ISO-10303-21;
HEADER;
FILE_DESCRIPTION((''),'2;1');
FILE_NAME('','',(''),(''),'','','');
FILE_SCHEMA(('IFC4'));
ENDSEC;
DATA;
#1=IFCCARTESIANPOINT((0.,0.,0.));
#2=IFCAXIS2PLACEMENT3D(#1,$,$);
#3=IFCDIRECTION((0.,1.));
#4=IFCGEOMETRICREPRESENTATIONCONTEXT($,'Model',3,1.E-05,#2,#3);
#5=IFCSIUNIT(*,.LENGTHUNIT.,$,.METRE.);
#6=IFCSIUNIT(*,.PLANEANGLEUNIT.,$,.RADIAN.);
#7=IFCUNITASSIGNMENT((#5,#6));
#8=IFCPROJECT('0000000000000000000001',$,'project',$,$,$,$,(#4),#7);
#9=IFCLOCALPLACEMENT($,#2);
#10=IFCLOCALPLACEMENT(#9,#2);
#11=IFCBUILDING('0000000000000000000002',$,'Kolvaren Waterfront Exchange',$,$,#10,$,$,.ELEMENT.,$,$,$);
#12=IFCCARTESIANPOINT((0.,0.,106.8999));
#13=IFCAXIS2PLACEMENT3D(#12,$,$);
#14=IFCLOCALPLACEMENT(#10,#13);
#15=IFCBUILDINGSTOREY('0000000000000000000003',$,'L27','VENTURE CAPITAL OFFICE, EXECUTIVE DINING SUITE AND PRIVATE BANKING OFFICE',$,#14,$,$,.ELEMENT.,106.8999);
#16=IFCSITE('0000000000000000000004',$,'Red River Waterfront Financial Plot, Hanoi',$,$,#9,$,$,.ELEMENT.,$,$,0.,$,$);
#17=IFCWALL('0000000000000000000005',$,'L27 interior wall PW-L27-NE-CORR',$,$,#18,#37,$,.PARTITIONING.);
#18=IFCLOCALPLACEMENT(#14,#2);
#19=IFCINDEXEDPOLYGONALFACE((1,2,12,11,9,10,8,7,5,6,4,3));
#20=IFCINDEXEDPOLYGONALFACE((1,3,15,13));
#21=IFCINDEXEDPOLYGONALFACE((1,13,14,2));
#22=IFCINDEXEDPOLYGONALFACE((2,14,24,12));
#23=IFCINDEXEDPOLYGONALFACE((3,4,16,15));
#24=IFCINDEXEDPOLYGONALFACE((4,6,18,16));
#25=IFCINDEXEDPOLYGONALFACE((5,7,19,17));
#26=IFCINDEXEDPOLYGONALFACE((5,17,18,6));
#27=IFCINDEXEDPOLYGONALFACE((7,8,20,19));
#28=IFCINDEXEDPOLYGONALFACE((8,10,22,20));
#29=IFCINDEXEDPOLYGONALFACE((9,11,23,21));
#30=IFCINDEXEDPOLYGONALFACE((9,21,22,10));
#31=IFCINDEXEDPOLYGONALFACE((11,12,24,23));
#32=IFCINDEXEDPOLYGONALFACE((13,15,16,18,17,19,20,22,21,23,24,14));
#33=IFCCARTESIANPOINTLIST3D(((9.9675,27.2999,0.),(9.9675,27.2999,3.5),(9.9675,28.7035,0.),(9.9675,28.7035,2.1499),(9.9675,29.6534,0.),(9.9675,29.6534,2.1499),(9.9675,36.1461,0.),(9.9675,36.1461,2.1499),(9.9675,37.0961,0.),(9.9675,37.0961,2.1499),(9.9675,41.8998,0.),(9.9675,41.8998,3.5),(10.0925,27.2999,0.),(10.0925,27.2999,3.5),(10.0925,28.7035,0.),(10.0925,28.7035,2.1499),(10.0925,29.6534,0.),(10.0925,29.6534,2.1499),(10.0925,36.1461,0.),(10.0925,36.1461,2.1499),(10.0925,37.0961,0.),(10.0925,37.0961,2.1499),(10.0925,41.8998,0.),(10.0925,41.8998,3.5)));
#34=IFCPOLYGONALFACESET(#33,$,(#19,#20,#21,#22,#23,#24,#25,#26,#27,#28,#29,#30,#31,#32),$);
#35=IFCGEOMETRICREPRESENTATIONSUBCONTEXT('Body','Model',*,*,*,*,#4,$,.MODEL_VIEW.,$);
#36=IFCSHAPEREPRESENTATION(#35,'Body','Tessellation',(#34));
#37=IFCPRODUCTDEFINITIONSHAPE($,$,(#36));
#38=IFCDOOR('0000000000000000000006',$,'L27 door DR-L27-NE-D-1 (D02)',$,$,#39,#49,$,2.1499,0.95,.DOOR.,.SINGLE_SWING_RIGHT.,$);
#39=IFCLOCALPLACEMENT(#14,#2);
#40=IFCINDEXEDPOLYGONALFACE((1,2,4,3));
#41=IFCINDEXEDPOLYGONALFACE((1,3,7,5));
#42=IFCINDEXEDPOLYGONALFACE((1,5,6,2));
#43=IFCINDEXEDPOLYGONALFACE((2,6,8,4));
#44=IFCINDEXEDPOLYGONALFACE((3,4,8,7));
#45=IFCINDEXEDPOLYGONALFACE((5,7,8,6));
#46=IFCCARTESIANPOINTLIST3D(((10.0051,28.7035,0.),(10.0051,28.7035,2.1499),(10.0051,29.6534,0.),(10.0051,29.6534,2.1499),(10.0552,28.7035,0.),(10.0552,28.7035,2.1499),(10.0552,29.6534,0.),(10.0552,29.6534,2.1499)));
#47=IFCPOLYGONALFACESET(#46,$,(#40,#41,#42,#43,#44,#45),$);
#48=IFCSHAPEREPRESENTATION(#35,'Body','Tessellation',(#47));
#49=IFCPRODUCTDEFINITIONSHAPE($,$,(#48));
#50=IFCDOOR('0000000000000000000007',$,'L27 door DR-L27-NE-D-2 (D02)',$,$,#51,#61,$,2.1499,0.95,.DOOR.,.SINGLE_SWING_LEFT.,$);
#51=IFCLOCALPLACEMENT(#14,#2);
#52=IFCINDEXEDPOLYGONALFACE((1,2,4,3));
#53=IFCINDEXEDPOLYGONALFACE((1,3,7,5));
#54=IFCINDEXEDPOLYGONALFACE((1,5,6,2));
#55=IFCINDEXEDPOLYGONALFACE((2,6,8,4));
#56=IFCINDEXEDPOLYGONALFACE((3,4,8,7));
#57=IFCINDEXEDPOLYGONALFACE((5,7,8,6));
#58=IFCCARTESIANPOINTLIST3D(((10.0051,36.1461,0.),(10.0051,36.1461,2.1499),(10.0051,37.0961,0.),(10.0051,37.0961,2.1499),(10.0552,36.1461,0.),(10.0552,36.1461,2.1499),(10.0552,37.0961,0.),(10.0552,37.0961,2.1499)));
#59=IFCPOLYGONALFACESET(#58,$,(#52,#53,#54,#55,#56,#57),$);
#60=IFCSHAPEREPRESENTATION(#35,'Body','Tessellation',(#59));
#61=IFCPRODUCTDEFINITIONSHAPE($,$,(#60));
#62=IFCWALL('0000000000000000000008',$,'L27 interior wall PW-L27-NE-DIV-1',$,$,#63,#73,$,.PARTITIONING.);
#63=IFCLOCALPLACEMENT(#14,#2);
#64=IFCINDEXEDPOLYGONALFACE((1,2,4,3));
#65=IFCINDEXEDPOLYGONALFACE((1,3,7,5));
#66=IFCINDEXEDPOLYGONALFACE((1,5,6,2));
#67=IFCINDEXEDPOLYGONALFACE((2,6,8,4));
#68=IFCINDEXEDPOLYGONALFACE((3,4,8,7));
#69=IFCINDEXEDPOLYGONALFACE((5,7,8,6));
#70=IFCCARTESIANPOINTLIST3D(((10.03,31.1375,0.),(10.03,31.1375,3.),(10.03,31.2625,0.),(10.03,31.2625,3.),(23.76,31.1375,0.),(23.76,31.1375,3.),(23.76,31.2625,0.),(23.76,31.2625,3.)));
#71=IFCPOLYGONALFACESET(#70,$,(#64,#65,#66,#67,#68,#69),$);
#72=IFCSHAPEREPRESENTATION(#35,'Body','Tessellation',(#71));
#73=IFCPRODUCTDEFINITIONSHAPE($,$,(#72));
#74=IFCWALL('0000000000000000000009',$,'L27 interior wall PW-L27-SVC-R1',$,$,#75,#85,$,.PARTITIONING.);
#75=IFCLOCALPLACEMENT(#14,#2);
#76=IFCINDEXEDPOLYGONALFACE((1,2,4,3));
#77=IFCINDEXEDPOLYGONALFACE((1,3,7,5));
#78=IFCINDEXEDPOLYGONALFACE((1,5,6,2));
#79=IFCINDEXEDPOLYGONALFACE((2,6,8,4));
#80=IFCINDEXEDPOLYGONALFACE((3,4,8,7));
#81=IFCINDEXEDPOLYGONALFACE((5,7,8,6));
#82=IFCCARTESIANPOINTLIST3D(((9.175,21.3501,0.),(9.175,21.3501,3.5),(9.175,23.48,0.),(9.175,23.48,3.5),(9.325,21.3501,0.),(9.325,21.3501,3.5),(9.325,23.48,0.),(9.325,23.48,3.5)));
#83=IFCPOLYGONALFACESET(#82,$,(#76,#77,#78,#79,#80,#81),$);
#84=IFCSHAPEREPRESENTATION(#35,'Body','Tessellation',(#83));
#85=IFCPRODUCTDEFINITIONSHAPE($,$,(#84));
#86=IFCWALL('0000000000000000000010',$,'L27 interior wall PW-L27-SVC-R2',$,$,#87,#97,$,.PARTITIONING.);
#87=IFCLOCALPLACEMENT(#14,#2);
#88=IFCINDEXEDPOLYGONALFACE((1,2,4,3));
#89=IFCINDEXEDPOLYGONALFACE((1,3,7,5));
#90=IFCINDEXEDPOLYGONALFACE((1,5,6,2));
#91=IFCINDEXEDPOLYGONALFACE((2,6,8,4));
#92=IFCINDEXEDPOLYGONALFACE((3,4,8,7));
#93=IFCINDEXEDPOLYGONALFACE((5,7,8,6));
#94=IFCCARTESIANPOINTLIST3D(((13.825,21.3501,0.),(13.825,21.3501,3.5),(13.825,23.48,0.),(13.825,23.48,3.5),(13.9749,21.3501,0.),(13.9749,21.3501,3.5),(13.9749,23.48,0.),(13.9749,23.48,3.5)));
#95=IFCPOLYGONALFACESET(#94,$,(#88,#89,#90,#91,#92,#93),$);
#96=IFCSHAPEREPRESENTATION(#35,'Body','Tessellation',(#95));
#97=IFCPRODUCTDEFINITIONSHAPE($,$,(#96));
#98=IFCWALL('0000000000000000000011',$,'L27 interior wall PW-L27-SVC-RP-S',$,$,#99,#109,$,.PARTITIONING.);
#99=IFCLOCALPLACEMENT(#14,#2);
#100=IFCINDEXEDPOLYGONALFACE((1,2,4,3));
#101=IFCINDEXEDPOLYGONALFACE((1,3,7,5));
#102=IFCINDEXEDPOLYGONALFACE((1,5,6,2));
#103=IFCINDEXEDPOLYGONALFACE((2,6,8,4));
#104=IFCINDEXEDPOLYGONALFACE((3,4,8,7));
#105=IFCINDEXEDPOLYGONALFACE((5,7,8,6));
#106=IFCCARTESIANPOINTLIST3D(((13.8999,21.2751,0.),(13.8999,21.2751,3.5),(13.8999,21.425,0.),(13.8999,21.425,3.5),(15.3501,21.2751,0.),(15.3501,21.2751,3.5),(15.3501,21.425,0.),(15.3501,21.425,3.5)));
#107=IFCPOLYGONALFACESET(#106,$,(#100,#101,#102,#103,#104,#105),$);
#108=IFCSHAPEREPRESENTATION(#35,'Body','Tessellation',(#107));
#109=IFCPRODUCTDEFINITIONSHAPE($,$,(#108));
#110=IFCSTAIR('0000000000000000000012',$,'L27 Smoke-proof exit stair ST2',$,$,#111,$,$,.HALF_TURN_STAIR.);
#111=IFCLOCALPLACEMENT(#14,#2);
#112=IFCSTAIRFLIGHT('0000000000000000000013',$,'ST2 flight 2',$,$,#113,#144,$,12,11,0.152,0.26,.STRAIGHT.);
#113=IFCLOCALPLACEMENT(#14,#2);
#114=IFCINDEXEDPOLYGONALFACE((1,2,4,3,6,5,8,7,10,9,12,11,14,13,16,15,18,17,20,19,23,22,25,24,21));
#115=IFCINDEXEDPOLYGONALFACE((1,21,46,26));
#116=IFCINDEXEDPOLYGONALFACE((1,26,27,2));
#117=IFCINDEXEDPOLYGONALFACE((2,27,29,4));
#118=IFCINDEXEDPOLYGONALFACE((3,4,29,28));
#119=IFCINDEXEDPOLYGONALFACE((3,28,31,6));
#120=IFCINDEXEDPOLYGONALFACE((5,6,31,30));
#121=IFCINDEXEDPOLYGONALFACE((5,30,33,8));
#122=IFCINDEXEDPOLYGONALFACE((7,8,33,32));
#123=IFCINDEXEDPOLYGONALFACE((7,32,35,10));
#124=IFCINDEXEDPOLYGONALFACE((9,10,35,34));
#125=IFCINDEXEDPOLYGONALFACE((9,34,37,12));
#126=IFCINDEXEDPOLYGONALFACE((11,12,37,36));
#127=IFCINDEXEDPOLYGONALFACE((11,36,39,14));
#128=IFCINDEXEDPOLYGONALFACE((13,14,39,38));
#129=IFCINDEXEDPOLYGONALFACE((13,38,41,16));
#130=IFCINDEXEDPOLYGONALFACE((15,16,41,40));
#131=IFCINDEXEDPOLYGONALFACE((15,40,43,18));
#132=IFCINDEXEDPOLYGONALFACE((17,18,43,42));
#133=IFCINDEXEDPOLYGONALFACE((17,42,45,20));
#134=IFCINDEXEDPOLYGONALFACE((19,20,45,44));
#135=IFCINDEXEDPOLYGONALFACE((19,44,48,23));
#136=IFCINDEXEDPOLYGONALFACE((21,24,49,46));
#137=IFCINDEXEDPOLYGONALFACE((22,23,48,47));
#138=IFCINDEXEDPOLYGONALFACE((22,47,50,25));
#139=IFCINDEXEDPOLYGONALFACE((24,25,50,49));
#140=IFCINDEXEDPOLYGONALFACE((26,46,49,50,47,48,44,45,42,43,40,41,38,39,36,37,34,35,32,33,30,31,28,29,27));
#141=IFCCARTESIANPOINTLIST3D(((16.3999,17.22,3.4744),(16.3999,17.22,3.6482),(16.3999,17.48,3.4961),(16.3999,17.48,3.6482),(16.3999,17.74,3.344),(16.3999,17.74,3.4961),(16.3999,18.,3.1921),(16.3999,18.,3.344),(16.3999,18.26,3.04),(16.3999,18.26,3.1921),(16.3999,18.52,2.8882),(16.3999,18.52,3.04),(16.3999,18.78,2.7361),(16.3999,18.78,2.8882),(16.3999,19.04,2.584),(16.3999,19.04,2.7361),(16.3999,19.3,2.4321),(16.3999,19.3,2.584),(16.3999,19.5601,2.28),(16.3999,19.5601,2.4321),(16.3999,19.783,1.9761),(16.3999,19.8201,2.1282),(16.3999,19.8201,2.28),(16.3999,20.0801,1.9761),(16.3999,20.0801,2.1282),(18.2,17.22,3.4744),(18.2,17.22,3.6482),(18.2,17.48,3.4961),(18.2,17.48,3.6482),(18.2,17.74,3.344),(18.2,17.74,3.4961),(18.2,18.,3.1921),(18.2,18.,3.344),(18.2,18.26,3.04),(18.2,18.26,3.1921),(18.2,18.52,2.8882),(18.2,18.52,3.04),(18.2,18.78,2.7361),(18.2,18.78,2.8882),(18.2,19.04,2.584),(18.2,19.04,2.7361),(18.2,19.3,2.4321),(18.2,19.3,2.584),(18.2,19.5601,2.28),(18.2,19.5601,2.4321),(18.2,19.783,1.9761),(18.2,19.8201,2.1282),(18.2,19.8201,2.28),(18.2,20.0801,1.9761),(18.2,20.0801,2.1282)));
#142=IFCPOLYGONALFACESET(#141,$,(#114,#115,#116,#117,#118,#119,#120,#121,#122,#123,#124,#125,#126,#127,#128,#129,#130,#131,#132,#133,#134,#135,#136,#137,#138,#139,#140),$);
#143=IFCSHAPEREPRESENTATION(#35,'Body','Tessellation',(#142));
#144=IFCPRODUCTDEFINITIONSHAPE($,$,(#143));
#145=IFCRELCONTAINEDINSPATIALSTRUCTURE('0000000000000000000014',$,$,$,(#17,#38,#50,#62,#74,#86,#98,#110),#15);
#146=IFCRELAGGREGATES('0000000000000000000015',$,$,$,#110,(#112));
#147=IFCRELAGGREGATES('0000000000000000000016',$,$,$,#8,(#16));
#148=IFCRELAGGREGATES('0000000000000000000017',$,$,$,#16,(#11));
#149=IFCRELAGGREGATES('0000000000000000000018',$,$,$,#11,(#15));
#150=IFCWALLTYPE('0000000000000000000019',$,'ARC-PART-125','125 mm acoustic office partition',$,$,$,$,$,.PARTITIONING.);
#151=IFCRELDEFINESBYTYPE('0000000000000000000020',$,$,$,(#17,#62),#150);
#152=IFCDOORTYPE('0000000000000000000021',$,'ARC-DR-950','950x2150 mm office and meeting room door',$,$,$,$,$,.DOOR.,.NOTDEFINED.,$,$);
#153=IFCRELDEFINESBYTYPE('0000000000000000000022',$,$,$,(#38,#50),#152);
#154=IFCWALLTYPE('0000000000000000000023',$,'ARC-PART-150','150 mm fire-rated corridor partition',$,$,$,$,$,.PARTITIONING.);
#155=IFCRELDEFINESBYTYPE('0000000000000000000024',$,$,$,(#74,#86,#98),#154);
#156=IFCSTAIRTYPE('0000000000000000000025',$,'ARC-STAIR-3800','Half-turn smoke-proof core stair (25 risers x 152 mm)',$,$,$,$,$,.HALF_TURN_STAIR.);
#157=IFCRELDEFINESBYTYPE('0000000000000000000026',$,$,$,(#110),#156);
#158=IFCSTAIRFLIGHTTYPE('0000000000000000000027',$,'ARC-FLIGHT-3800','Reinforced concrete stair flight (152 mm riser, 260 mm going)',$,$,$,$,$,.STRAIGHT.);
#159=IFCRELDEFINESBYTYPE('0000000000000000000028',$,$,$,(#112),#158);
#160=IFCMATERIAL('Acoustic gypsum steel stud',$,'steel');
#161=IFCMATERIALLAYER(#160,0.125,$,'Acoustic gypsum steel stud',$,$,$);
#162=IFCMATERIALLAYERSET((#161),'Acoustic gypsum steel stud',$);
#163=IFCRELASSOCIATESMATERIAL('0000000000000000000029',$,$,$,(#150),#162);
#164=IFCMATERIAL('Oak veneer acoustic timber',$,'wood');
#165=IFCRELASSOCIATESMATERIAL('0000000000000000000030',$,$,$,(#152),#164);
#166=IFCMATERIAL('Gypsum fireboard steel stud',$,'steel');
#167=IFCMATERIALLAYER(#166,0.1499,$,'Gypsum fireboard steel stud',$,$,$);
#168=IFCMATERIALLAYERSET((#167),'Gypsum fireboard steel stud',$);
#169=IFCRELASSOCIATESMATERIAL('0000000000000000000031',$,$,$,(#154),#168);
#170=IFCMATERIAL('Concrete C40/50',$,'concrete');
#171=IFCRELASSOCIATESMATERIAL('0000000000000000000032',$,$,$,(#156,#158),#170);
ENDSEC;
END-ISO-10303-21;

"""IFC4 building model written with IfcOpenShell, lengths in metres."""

from ifc_helpers import new_model, si_unit, direction, frame, frame_2d, origin, place, context, subcontext, project, spatial, polyline, rectangle, outline, extrude, material, layer, layer_set, type_object, element, fill, aggregate, save


model = new_model("IFC4")

# Units and contexts
model_context = context("Model", 3, precision=1e-05, world=origin(), true_north=direction((0.0, 1.0)))
body_context = subcontext(model_context, "Body", "Model", "MODEL_VIEW")
ifc_project = project(units=[si_unit("LENGTHUNIT", "METRE"), si_unit("PLANEANGLEUNIT", "RADIAN")], contexts=[model_context])

# Site, building, storey
site_placement = place(None, origin())
site = spatial("IfcSite", under=ifc_project, at=site_placement, Name="Red River Waterfront Financial Plot, Hanoi", CompositionType="ELEMENT", RefElevation=0.0)
building_placement = place(site_placement, origin())
building = spatial("IfcBuilding", under=site, at=building_placement, Name="Kolvaren Waterfront Exchange", CompositionType="ELEMENT")
storey_placement = place(building_placement, frame((0.0, 0.0, 106.8999)))
storey = spatial("IfcBuildingStorey", under=building, at=storey_placement, Name="L27", Description="VENTURE CAPITAL OFFICE, EXECUTIVE DINING SUITE AND PRIVATE BANKING OFFICE", CompositionType="ELEMENT", Elevation=106.8999)

# Shared definitions
ifc_material_1 = material(Name="Acoustic gypsum steel stud", Category="steel")
ifc_layer_1 = layer(ifc_material_1, 0.125, Name="Acoustic gypsum steel stud")
ifc_layer_set_1 = layer_set([ifc_layer_1], Name="Acoustic gypsum steel stud")
wall_type_1 = type_object("IfcWallType", Name="ARC-PART-125", Description="125 mm acoustic office partition", PredefinedType="PARTITIONING", material=ifc_layer_set_1)

# Shared definitions
ifc_material_2 = material(Name="Oak veneer acoustic timber", Category="wood")
door_type_1 = type_object("IfcDoorType", Name="ARC-DR-950", Description="950x2150 mm office and meeting room door", OperationType="NOTDEFINED", PredefinedType="DOOR", material=ifc_material_2)

# Wall, openings, doors
wall_1_placement = place(storey_placement, frame((10.03, 27.3, 0.0), z_axis=(0.0, 0.0, 1.0), x_axis=(0.0, 1.0, 0.0)))
wall_1 = element("IfcWall", 1, at=wall_1_placement, inside=storey, type_object=wall_type_1, Name="L27 interior wall PW-L27-NE-CORR", PredefinedType="PARTITIONING", context=body_context, shape_type="SweptSolid", body=[
    extrude(rectangle(XDim=14.5999, YDim=0.125, at=frame_2d((7.2998, 0.0))), origin(), (0.0, 0.0, 1.0), 3.5),
])
opening_1_placement = place(wall_1_placement, frame((1.4033, 0.0, 0.0)))
opening_1 = element("IfcOpeningElement", 2, at=opening_1_placement, cuts=wall_1, PredefinedType="OPENING", context=body_context, shape_type="SweptSolid", body=[
    extrude(rectangle(XDim=0.95, YDim=2.1499, at=frame_2d((0.4751, 1.075))), frame((0.0, 0.0725, 0.0), z_axis=(0.0, -1.0, 0.0), x_axis=(1.0, 0.0, 0.0)), (0.0, 0.0, 1.0), 0.145),
])
opening_2_placement = place(wall_1_placement, frame((8.8459, 0.0, 0.0)))
opening_2 = element("IfcOpeningElement", 3, at=opening_2_placement, cuts=wall_1, PredefinedType="OPENING", context=body_context, shape_type="SweptSolid", body=[
    extrude(rectangle(XDim=0.95, YDim=2.1499, at=frame_2d((0.4751, 1.075))), frame((0.0, 0.0725, 0.0), z_axis=(0.0, -1.0, 0.0), x_axis=(1.0, 0.0, 0.0)), (0.0, 0.0, 1.0), 0.145),
])
door_1_placement = place(opening_1_placement, origin())
door_1 = element("IfcDoor", 4, at=door_1_placement, inside=storey, type_object=door_type_1, Name="L27 door DR-L27-NE-D-1 (D02)", OperationType="SINGLE_SWING_RIGHT", OverallHeight=2.1499, OverallWidth=0.95, PredefinedType="DOOR", context=body_context, shape_type="SweptSolid", body=[
    extrude(rectangle(XDim=0.95, YDim=2.1499, at=frame_2d((0.4751, 1.075))), frame((0.0, 0.0249, 0.0), z_axis=(0.0, -1.0, 0.0), x_axis=(1.0, 0.0, 0.0)), (0.0, 0.0, 1.0), 0.05),
])
fill(opening_1, door_1)
door_2_placement = place(opening_2_placement, origin())
door_2 = element("IfcDoor", 5, at=door_2_placement, inside=storey, type_object=door_type_1, Name="L27 door DR-L27-NE-D-2 (D02)", OperationType="SINGLE_SWING_LEFT", OverallHeight=2.1499, OverallWidth=0.95, PredefinedType="DOOR", context=body_context, shape_type="SweptSolid", body=[
    extrude(rectangle(XDim=0.95, YDim=2.1499, at=frame_2d((0.4751, 1.075))), frame((0.0, 0.0249, 0.0), z_axis=(0.0, -1.0, 0.0), x_axis=(1.0, 0.0, 0.0)), (0.0, 0.0, 1.0), 0.05),
])
fill(opening_2, door_2)

# Walls
wall_2_placement = place(storey_placement, frame((10.03, 31.2, 0.0), z_axis=(0.0, 0.0, 1.0), x_axis=(1.0, 0.0, 0.0)))
element("IfcWall", 6, at=wall_2_placement, inside=storey, type_object=wall_type_1, Name="L27 interior wall PW-L27-NE-DIV-1", PredefinedType="PARTITIONING", context=body_context, shape_type="SweptSolid", body=[
    extrude(rectangle(XDim=13.73, YDim=0.125, at=frame_2d((6.865, 0.0))), origin(), (0.0, 0.0, 1.0), 3.0),
])
ifc_material_3 = material(Name="Gypsum fireboard steel stud", Category="steel")
ifc_layer_2 = layer(ifc_material_3, 0.1499, Name="Gypsum fireboard steel stud")
ifc_layer_set_2 = layer_set([ifc_layer_2], Name="Gypsum fireboard steel stud")
wall_type_2 = type_object("IfcWallType", Name="ARC-PART-150", Description="150 mm fire-rated corridor partition", PredefinedType="PARTITIONING", material=ifc_layer_set_2)
for number, where, z_axis, x_axis, name in (
    (7, (9.25, 21.3501, 0.0), (0.0, 0.0, 1.0), (0.0, 1.0, 0.0), "L27 interior wall PW-L27-SVC-R1"),
    (8, (13.8999, 21.3501, 0.0), (0.0, 0.0, 1.0), (0.0, 1.0, 0.0), "L27 interior wall PW-L27-SVC-R2"),
):
    element("IfcWall", number, at=place(storey_placement, frame(where, z_axis=z_axis, x_axis=x_axis)), inside=storey, type_object=wall_type_2, Name=name, PredefinedType="PARTITIONING", context=body_context, shape_type="SweptSolid", body=[
        extrude(rectangle(XDim=2.1299, YDim=0.1499, at=frame_2d((1.0649, 0.0))), origin(), (0.0, 0.0, 1.0), 3.5),
    ])
wall_3_placement = place(storey_placement, frame((13.8999, 21.3501, 0.0), z_axis=(0.0, 0.0, 1.0), x_axis=(1.0, 0.0, 0.0)))
element("IfcWall", 9, at=wall_3_placement, inside=storey, type_object=wall_type_2, Name="L27 interior wall PW-L27-SVC-RP-S", PredefinedType="PARTITIONING", context=body_context, shape_type="SweptSolid", body=[
    extrude(rectangle(XDim=1.4502, YDim=0.1499, at=frame_2d((0.7251, 0.0))), origin(), (0.0, 0.0, 1.0), 3.5),
])

# Stair, stair flight
ifc_material_4 = material(Name="Concrete C40/50", Category="concrete")
stair_type = type_object("IfcStairType", Name="ARC-STAIR-3800", Description="Half-turn smoke-proof core stair (25 risers x 152 mm)", PredefinedType="HALF_TURN_STAIR", material=ifc_material_4)
stair_placement = place(storey_placement, origin())
stair = element("IfcStair", 10, at=stair_placement, inside=storey, type_object=stair_type, Name="L27 Smoke-proof exit stair ST2", PredefinedType="HALF_TURN_STAIR")
stair_flight_type = type_object("IfcStairFlightType", Name="ARC-FLIGHT-3800", Description="Reinforced concrete stair flight (152 mm riser, 260 mm going)", PredefinedType="STRAIGHT", material=ifc_material_4)
stair_flight_placement = place(storey_placement, frame((17.3, 20.0801, 1.9761), z_axis=(0.0, 0.0, 1.0), x_axis=(0.0, -1.0, 0.0)))
stair_flight = element("IfcStairFlight", 11, at=stair_flight_placement, type_object=stair_flight_type, Name="ST2 flight 2", NumberOfRisers=12, NumberOfTreads=11, PredefinedType="STRAIGHT", RiserHeight=0.152, TreadLength=0.26, context=body_context, shape_type="SweptSolid", body=[
    extrude(outline(polyline([(0.0, 0.0), (0.0, 0.1521), (0.26, 0.1521), (0.26, 0.304), (0.52, 0.304), (0.52, 0.4561), (0.78, 0.4561), (0.78, 0.6079), (1.04, 0.6079), (1.04, 0.76), (1.3, 0.76), (1.3, 0.9121), (1.5601, 0.9121), (1.5601, 1.064), (1.8201, 1.064), (1.8201, 1.2161), (2.0801, 1.2161), (2.0801, 1.3679), (2.3401, 1.3679), (2.3401, 1.52), (2.6001, 1.52), (2.6001, 1.6721), (2.8601, 1.6721), (2.8601, 1.824), (2.8601, 1.4983), (0.2971, 0.0), (0.0, 0.0)])), frame((0.0, 0.8999, 0.0), z_axis=(0.0, -1.0, 0.0), x_axis=(1.0, 0.0, 0.0)), (0.0, 0.0, 1.0), 1.8),
])
aggregate(stair, [stair_flight])

save(model, "model.ifc")
